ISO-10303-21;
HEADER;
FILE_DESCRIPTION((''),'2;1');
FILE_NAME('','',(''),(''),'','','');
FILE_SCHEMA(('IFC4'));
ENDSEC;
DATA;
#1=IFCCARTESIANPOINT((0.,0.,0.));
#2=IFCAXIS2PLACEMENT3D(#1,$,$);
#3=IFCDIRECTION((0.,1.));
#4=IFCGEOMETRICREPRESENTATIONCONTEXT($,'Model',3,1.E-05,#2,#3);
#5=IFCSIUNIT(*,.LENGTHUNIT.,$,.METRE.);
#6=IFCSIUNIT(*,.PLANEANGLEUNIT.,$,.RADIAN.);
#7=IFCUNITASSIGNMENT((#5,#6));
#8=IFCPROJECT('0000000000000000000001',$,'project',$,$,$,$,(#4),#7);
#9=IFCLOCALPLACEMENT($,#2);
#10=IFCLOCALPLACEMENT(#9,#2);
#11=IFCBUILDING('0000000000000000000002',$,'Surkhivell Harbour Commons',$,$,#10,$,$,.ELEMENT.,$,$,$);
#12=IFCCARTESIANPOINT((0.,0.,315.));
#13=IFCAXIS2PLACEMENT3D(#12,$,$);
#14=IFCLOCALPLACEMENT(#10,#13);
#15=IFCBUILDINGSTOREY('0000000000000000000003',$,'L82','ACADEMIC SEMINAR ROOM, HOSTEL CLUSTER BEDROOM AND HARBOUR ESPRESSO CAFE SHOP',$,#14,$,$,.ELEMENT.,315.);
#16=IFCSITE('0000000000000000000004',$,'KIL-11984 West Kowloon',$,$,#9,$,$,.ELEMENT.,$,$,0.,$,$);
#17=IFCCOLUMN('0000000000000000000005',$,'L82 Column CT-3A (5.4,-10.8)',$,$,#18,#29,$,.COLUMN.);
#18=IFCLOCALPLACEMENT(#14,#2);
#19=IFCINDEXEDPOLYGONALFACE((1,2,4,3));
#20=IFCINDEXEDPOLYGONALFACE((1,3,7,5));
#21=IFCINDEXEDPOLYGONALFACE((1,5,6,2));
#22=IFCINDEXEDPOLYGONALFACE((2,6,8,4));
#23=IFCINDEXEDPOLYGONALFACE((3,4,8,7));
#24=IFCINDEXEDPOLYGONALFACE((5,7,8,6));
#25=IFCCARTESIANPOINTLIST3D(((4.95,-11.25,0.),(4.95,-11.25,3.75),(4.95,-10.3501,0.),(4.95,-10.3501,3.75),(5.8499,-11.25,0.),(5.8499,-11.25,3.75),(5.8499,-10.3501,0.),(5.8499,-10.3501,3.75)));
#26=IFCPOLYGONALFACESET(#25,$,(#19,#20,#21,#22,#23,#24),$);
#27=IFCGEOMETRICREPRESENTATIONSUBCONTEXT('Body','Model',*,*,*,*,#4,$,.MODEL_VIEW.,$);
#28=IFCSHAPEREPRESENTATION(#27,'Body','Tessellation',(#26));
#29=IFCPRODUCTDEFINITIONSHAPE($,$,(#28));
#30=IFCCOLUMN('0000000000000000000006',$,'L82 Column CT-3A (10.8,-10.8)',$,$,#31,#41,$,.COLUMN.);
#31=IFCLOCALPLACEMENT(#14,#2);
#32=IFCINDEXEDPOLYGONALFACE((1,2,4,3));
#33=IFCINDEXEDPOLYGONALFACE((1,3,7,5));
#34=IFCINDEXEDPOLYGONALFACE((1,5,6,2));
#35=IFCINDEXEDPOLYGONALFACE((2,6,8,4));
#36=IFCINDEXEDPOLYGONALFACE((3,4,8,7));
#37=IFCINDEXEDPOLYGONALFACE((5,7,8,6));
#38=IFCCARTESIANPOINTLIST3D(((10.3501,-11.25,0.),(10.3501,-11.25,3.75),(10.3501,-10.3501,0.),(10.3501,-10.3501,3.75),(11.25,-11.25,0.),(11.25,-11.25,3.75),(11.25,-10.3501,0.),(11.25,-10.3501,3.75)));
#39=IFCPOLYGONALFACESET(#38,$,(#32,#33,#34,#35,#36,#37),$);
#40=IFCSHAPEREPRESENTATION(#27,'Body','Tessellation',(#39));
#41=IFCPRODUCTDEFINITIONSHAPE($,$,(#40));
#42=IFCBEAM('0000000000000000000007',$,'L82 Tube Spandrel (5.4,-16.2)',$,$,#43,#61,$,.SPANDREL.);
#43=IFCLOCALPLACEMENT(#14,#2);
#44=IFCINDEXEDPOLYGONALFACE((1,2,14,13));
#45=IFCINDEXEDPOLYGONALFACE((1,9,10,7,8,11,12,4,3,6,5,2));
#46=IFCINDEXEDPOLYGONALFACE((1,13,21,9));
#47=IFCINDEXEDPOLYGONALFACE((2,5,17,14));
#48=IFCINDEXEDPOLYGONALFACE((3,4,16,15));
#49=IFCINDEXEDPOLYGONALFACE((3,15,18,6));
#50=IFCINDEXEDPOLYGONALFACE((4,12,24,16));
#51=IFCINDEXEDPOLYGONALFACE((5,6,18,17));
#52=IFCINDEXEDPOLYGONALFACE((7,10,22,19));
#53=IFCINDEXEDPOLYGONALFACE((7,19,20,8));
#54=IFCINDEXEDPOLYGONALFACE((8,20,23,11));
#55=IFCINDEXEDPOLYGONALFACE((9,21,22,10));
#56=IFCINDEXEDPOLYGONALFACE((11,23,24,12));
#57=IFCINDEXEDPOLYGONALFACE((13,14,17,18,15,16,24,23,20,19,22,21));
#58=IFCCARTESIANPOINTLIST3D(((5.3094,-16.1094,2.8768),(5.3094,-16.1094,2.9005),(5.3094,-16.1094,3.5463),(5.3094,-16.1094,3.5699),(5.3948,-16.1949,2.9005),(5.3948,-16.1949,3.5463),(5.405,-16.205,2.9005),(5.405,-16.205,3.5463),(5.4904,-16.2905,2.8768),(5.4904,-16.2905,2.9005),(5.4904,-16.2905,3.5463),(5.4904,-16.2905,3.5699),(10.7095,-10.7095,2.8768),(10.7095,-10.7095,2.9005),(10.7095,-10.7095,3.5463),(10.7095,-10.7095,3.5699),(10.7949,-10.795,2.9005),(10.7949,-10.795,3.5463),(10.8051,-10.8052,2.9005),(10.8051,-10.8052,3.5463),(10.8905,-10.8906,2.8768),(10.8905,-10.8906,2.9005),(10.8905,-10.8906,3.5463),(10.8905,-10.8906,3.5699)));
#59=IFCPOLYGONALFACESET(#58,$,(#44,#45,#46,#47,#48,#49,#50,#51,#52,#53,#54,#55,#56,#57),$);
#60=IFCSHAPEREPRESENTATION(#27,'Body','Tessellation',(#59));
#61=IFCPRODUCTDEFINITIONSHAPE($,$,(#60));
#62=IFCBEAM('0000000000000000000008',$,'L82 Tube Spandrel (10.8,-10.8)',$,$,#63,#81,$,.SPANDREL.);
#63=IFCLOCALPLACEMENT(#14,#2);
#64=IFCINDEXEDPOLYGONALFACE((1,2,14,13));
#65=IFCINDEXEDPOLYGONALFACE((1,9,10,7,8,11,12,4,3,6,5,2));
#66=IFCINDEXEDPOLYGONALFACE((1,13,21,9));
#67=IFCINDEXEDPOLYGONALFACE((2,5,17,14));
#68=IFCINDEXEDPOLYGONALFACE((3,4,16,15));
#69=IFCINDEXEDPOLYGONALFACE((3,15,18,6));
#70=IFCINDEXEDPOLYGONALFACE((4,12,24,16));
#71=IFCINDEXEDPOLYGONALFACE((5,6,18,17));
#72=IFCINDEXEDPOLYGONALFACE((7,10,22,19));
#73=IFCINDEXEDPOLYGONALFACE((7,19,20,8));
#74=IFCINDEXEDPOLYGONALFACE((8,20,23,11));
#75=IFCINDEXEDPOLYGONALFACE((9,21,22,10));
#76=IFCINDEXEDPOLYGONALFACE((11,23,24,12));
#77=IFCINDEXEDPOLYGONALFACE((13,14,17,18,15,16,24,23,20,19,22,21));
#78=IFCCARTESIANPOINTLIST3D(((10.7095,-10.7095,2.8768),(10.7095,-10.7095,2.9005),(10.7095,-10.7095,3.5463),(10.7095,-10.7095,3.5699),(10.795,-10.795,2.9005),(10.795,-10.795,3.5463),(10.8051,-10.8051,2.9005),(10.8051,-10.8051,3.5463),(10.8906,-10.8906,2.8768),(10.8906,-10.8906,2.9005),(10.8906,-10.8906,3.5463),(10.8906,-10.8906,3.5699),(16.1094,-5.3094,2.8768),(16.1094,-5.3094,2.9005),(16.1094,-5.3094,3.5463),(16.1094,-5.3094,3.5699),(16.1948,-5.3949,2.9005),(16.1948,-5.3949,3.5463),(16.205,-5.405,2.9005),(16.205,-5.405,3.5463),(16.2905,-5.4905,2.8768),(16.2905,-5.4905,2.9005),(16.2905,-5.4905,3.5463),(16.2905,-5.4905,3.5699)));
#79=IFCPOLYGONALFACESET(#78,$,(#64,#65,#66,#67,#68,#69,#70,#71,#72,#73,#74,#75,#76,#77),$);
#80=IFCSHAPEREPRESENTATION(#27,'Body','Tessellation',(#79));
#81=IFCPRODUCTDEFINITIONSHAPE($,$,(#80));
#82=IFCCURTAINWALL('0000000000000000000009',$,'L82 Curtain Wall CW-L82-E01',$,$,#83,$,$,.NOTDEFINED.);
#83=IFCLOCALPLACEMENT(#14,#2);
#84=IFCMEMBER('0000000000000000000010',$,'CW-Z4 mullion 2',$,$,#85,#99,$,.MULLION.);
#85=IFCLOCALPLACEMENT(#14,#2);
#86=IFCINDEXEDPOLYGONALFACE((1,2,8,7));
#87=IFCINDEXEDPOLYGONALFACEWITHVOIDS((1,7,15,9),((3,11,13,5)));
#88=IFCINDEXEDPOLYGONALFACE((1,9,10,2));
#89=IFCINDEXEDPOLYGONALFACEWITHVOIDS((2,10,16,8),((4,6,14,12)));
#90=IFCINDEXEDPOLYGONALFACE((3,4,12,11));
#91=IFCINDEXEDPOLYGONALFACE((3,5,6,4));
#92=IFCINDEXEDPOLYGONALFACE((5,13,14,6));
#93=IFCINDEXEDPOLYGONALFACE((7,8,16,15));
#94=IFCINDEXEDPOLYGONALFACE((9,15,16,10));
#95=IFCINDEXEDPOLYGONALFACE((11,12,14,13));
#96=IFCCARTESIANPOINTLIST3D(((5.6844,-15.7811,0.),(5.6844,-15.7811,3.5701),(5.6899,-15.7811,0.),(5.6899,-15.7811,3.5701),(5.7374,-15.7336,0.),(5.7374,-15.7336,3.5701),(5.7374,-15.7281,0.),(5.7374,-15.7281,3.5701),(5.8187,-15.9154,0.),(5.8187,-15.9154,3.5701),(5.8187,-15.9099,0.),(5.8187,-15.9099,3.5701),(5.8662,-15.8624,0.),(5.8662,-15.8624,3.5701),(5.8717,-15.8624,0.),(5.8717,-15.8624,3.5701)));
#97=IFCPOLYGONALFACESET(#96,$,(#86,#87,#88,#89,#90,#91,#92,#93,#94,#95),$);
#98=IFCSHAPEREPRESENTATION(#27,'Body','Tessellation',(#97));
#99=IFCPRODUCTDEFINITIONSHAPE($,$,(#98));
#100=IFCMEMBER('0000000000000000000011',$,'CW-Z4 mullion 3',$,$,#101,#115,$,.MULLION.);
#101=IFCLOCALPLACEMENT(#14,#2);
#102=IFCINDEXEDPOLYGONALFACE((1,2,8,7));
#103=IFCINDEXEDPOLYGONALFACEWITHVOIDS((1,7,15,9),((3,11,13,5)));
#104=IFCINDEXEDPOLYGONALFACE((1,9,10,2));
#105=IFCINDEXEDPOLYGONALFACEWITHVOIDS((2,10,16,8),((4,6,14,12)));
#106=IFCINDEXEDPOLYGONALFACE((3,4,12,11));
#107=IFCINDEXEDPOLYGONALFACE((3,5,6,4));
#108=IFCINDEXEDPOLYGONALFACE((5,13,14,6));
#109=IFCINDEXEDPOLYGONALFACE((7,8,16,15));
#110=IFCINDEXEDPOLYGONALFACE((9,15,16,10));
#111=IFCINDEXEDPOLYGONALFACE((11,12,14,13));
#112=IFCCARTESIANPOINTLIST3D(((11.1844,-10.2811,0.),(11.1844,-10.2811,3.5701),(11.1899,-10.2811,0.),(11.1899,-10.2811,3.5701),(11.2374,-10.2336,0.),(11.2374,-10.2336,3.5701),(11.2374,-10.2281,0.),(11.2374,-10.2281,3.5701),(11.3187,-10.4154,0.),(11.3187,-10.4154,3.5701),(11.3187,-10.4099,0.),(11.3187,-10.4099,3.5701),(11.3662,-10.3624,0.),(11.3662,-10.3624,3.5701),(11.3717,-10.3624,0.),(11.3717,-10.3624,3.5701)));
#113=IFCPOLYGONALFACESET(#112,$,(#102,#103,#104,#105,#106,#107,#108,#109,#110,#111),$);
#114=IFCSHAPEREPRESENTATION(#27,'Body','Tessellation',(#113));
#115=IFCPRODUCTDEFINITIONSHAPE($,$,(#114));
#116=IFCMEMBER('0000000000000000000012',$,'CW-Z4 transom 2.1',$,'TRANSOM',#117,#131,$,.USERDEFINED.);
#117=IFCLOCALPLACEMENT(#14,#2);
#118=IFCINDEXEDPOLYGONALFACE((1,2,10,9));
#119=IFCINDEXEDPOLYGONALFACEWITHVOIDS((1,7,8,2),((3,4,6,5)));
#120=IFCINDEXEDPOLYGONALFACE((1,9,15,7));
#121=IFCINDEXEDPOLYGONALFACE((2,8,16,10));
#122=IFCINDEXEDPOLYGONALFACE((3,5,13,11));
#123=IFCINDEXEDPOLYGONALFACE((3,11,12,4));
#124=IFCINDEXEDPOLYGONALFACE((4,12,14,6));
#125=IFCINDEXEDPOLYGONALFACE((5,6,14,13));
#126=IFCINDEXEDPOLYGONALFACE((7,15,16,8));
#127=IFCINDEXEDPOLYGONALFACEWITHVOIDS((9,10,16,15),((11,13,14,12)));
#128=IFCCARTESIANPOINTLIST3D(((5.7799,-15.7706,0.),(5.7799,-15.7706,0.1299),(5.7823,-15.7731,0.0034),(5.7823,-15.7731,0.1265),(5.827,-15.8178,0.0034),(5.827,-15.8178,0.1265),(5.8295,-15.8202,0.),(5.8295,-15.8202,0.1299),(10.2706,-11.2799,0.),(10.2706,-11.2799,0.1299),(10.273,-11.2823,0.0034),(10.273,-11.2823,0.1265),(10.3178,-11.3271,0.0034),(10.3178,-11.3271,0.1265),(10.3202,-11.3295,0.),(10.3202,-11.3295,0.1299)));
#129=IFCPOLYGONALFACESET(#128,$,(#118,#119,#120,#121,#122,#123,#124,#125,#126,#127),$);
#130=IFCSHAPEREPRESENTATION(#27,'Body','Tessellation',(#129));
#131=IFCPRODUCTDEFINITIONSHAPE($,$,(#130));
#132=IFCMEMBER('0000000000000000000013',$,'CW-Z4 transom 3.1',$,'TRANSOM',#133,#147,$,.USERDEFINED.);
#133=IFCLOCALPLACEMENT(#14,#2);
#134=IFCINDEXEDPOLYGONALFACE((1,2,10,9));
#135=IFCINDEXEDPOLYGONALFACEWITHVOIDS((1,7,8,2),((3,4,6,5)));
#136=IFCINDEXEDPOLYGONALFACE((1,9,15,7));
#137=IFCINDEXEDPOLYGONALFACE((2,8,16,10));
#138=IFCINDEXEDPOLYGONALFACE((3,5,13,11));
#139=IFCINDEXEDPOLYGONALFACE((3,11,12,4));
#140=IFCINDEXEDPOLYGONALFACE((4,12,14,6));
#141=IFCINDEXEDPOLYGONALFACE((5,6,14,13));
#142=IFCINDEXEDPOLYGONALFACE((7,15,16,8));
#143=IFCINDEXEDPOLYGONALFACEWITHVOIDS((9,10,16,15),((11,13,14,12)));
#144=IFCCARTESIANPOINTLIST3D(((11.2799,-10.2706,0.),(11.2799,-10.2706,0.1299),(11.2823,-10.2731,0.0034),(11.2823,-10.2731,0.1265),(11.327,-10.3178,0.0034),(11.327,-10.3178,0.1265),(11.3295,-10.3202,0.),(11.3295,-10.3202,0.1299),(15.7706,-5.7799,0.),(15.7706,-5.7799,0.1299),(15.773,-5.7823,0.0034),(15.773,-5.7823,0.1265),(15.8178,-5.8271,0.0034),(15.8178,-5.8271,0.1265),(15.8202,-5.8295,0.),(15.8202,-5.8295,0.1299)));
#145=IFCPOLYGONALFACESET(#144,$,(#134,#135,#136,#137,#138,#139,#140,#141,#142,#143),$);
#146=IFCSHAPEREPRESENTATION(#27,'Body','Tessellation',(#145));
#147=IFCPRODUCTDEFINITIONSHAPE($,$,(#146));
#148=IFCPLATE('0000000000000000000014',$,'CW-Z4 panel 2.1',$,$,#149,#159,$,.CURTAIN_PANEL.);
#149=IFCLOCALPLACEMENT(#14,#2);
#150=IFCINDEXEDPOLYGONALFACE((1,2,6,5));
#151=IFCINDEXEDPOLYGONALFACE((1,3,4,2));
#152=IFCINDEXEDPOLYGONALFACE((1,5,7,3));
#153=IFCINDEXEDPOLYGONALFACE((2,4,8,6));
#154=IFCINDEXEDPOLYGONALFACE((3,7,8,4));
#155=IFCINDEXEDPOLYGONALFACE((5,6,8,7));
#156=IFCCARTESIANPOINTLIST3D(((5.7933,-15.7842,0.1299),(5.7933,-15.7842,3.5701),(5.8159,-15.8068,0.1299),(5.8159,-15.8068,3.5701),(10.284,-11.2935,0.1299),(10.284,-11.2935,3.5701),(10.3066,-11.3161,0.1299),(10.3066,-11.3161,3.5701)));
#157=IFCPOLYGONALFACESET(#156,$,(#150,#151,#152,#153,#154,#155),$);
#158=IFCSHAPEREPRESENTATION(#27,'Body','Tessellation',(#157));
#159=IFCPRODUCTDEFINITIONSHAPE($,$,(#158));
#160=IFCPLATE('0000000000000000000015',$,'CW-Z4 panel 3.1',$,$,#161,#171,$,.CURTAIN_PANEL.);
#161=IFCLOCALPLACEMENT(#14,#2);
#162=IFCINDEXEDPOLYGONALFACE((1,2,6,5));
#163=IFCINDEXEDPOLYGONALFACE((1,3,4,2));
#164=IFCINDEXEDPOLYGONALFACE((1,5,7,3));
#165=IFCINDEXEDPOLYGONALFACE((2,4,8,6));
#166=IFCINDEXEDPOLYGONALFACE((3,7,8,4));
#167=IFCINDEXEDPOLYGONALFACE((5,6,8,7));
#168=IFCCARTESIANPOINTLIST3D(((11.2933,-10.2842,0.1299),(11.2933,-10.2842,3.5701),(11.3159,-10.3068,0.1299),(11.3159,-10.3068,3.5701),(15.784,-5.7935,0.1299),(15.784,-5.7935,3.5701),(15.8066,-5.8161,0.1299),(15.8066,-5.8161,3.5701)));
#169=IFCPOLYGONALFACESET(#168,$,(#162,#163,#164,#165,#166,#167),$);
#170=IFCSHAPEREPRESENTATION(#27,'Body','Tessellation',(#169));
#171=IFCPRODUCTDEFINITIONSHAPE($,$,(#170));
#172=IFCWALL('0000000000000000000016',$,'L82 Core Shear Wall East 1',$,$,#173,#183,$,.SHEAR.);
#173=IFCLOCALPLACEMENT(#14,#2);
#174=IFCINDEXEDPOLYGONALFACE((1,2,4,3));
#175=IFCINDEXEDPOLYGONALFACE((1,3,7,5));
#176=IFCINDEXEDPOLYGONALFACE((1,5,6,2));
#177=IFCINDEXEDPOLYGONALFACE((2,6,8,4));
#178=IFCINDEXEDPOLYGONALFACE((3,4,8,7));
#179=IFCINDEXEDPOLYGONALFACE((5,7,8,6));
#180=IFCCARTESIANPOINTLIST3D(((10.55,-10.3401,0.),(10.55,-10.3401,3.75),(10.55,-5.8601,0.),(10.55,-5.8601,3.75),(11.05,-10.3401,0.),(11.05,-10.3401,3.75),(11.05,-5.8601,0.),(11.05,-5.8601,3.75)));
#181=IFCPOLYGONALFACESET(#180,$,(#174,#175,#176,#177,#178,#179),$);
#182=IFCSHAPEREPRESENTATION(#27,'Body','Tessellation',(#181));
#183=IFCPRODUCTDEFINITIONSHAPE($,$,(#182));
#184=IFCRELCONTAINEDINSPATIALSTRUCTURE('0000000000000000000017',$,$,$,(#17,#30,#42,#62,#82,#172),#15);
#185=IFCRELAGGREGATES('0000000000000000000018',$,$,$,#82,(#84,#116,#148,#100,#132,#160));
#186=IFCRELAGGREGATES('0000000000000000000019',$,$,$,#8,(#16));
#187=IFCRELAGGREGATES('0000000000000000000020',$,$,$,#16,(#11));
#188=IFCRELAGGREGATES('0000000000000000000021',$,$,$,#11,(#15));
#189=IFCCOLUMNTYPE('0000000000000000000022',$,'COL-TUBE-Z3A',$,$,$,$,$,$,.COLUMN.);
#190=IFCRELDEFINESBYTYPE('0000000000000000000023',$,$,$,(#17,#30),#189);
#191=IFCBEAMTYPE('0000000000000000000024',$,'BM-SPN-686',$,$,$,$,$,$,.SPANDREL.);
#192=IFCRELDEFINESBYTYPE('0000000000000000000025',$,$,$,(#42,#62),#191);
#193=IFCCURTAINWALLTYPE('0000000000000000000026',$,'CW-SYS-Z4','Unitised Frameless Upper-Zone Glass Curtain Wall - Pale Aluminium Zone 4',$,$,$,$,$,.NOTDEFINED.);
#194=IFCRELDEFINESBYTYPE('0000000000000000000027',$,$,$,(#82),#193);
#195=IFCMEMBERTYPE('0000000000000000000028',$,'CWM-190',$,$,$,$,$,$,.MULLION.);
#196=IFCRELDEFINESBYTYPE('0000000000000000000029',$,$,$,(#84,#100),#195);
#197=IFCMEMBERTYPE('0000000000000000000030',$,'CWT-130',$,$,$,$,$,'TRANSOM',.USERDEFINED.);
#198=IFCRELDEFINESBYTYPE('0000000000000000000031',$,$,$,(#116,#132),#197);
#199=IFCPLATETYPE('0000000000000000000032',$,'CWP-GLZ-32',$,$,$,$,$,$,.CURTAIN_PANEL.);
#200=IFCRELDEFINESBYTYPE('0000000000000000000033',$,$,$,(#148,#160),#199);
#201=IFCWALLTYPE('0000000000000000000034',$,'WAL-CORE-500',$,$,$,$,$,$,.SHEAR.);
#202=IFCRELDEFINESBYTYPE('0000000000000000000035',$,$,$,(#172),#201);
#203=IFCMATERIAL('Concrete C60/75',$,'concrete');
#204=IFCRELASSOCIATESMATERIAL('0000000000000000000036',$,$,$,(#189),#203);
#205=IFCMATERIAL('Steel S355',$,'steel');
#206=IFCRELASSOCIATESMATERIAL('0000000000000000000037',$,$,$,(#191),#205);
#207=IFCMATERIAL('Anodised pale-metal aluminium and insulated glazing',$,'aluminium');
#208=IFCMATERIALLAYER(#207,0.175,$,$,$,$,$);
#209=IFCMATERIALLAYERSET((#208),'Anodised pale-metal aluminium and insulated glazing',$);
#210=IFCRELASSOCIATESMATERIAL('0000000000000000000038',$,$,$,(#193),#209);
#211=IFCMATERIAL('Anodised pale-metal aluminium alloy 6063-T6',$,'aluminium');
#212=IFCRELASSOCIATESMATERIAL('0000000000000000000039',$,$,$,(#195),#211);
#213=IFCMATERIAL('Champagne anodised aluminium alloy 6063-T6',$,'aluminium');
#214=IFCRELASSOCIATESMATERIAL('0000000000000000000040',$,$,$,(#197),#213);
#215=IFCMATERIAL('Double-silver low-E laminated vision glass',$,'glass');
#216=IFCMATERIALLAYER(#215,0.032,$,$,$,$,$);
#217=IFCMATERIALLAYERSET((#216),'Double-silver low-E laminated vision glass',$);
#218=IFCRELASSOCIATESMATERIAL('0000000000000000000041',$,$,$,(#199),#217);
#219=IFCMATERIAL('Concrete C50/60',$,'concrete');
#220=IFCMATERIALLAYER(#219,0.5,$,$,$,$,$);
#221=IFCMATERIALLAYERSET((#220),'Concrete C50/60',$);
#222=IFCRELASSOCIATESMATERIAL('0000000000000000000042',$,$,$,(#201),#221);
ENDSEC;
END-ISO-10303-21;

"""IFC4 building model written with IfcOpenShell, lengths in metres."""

from ifc_helpers import new_model, si_unit, direction, frame, frame_2d, origin, origin_2d, place, context, subcontext, project, spatial, rectangle, hollow_rectangle, i_section, extrude, material, layer, layer_set, material_profile, profile_set, type_object, element, aggregate, save


model = new_model("IFC4")

# Units and contexts
model_context = context("Model", 3, precision=1e-05, world=origin(), true_north=direction((0.0, 1.0)))
body_context = subcontext(model_context, "Body", "Model", "MODEL_VIEW")
ifc_project = project(units=[si_unit("LENGTHUNIT", "METRE"), si_unit("PLANEANGLEUNIT", "RADIAN")], contexts=[model_context])

# Site, building, storey
site_placement = place(None, origin())
site = spatial("IfcSite", under=ifc_project, at=site_placement, Name="KIL-11984 West Kowloon", CompositionType="ELEMENT", RefElevation=0.0)
building_placement = place(site_placement, origin())
building = spatial("IfcBuilding", under=site, at=building_placement, Name="Surkhivell Harbour Commons", CompositionType="ELEMENT")
storey_placement = place(building_placement, frame((0.0, 0.0, 315.0)))
storey = spatial("IfcBuildingStorey", under=building, at=storey_placement, Name="L82", Description="ACADEMIC SEMINAR ROOM, HOSTEL CLUSTER BEDROOM AND HARBOUR ESPRESSO CAFE SHOP", CompositionType="ELEMENT", Elevation=315.0)

# Columns
ifc_material_1 = material(Name="Concrete C60/75", Category="concrete")
ifc_material_profile_1 = material_profile(ifc_material_1, rectangle(XDim=0.8999, YDim=0.8999, at=origin_2d()), Name="RC-COL-900x900")
ifc_profile_set_1 = profile_set([ifc_material_profile_1], Name="Concrete C60/75")
column_type = type_object("IfcColumnType", Name="COL-TUBE-Z3A", PredefinedType="COLUMN", material=ifc_profile_set_1)
for number, where, z_axis, x_axis, name in (
    (1, (5.3999, -10.8, 0.0), (0.0, 0.0, 1.0), (1.0, 0.0, 0.0), "L82 Column CT-3A (5.4,-10.8)"),
    (2, (10.8, -10.8, 0.0), (0.0, 0.0, 1.0), (1.0, 0.0, 0.0), "L82 Column CT-3A (10.8,-10.8)"),
):
    element("IfcColumn", number, at=place(storey_placement, frame(where, z_axis=z_axis, x_axis=x_axis)), inside=storey, type_object=column_type, Name=name, PredefinedType="COLUMN", context=body_context, shape_type="SweptSolid", body=[
        extrude(rectangle(XDim=0.8999, YDim=0.8999, at=origin_2d()), origin(), (0.0, 0.0, 1.0), 3.75),
    ])

# Beams
ifc_material_2 = material(Name="Steel S355", Category="steel")
ifc_material_profile_2 = material_profile(ifc_material_2, i_section(OverallWidth=0.2561, OverallDepth=0.6931, WebThickness=0.0144, FlangeThickness=0.0237, at=origin_2d()), Name="UB686x254x170")
ifc_profile_set_2 = profile_set([ifc_material_profile_2], Name="Steel S355")
beam_type = type_object("IfcBeamType", Name="BM-SPN-686", PredefinedType="SPANDREL", material=ifc_profile_set_2)
for number, where, z_axis, x_axis, name in (
    (3, (5.3999, -16.2, 3.2234), (0.707123, 0.707091, 0.0), (-0.707091, 0.707123, 0.0), "L82 Tube Spandrel (5.4,-16.2)"),
    (4, (10.8, -10.8, 3.2234), (0.707091, 0.707123, 0.0), (-0.707123, 0.707091, 0.0), "L82 Tube Spandrel (10.8,-10.8)"),
):
    element("IfcBeam", number, at=place(storey_placement, frame(where, z_axis=z_axis, x_axis=x_axis)), inside=storey, type_object=beam_type, Name=name, PredefinedType="SPANDREL", context=body_context, shape_type="SweptSolid", body=[
        extrude(i_section(OverallWidth=0.2561, OverallDepth=0.6931, WebThickness=0.0144, FlangeThickness=0.0237, at=origin_2d()), origin(), (0.0, 0.0, 1.0), 7.6367),
    ])

# Curtain wall, members, plates
ifc_material_3 = material(Name="Anodised pale-metal aluminium and insulated glazing", Category="aluminium")
ifc_layer_1 = layer(ifc_material_3, 0.175)
ifc_layer_set_1 = layer_set([ifc_layer_1], Name="Anodised pale-metal aluminium and insulated glazing")
curtain_wall_type = type_object("IfcCurtainWallType", Name="CW-SYS-Z4", Description="Unitised Frameless Upper-Zone Glass Curtain Wall - Pale Aluminium Zone 4", PredefinedType="NOTDEFINED", material=ifc_layer_set_1)
curtain_wall_placement = place(storey_placement, origin())
curtain_wall = element("IfcCurtainWall", 5, at=curtain_wall_placement, inside=storey, type_object=curtain_wall_type, Name="L82 Curtain Wall CW-L82-E01", PredefinedType="NOTDEFINED")
ifc_material_4 = material(Name="Anodised pale-metal aluminium alloy 6063-T6", Category="aluminium")
ifc_material_profile_3 = material_profile(ifc_material_4, hollow_rectangle(XDim=0.075, YDim=0.1899, WallThickness=0.0039, at=origin_2d()), Name="ALU-MULL-75x190")
ifc_profile_set_3 = profile_set([ifc_material_profile_3], Name="Anodised pale-metal aluminium alloy 6063-T6")
member_type_1 = type_object("IfcMemberType", Name="CWM-190", PredefinedType="MULLION", material=ifc_profile_set_3)
member_1_placement = place(storey_placement, frame((5.7781, -15.8218, 0.0), z_axis=(0.0, 0.0, 1.0), x_axis=(0.707107, 0.707107, 0.0)))
member_1 = element("IfcMember", 6, at=member_1_placement, type_object=member_type_1, Name="CW-Z4 mullion 2", PredefinedType="MULLION", context=body_context, shape_type="SweptSolid", body=[
    extrude(hollow_rectangle(XDim=0.075, YDim=0.1899, WallThickness=0.0039, at=origin_2d()), origin(), (0.0, 0.0, 1.0), 3.5701),
])
member_2_placement = place(storey_placement, frame((11.2781, -10.3218, 0.0), z_axis=(0.0, 0.0, 1.0), x_axis=(0.707107, 0.707107, 0.0)))
member_2 = element("IfcMember", 7, at=member_2_placement, type_object=member_type_1, Name="CW-Z4 mullion 3", PredefinedType="MULLION", context=body_context, shape_type="SweptSolid", body=[
    extrude(hollow_rectangle(XDim=0.075, YDim=0.1899, WallThickness=0.0039, at=origin_2d()), origin(), (0.0, 0.0, 1.0), 3.5701),
])
ifc_material_5 = material(Name="Champagne anodised aluminium alloy 6063-T6", Category="aluminium")
ifc_material_profile_4 = material_profile(ifc_material_5, hollow_rectangle(XDim=0.0701, YDim=0.1299, WallThickness=0.0034, at=origin_2d()), Name="ALU-TRAN-70x130")
ifc_profile_set_4 = profile_set([ifc_material_profile_4], Name="Champagne anodised aluminium alloy 6063-T6")
member_type_2 = type_object("IfcMemberType", Name="CWT-130", ElementType="TRANSOM", PredefinedType="USERDEFINED", material=ifc_profile_set_4)
member_3_placement = place(storey_placement, frame((5.8047, -15.7954, 0.0649), z_axis=(0.707107, 0.707107, 0.0), x_axis=(-0.707107, 0.707107, 0.0)))
member_3 = element("IfcMember", 8, at=member_3_placement, type_object=member_type_2, Name="CW-Z4 transom 2.1", ObjectType="TRANSOM", PredefinedType="USERDEFINED", context=body_context, shape_type="SweptSolid", body=[
    extrude(hollow_rectangle(XDim=0.0701, YDim=0.1299, WallThickness=0.0034, at=origin_2d()), origin(), (0.0, 0.0, 1.0), 6.3508),
])
member_4_placement = place(storey_placement, frame((11.3047, -10.2954, 0.0649), z_axis=(0.707107, 0.707107, 0.0), x_axis=(-0.707107, 0.707107, 0.0)))
member_4 = element("IfcMember", 9, at=member_4_placement, type_object=member_type_2, Name="CW-Z4 transom 3.1", ObjectType="TRANSOM", PredefinedType="USERDEFINED", context=body_context, shape_type="SweptSolid", body=[
    extrude(hollow_rectangle(XDim=0.0701, YDim=0.1299, WallThickness=0.0034, at=origin_2d()), origin(), (0.0, 0.0, 1.0), 6.3508),
])
ifc_material_6 = material(Name="Double-silver low-E laminated vision glass", Category="glass")
ifc_layer_2 = layer(ifc_material_6, 0.032)
ifc_layer_set_2 = layer_set([ifc_layer_2], Name="Double-silver low-E laminated vision glass")
plate_type = type_object("IfcPlateType", Name="CWP-GLZ-32", PredefinedType="CURTAIN_PANEL", material=ifc_layer_set_2)
plate_1_placement = place(storey_placement, frame((5.8047, -15.7954, 0.1299), z_axis=(0.0, 0.0, 1.0), x_axis=(0.707107, 0.707107, 0.0)))
plate_1 = element("IfcPlate", 10, at=plate_1_placement, type_object=plate_type, Name="CW-Z4 panel 2.1", PredefinedType="CURTAIN_PANEL", context=body_context, shape_type="SweptSolid", body=[
    extrude(rectangle(XDim=6.3508, YDim=0.032, at=frame_2d((3.1753, 0.0))), origin(), (0.0, 0.0, 1.0), 3.4402),
])
plate_2_placement = place(storey_placement, frame((11.3047, -10.2954, 0.1299), z_axis=(0.0, 0.0, 1.0), x_axis=(0.707107, 0.707107, 0.0)))
plate_2 = element("IfcPlate", 11, at=plate_2_placement, type_object=plate_type, Name="CW-Z4 panel 3.1", PredefinedType="CURTAIN_PANEL", context=body_context, shape_type="SweptSolid", body=[
    extrude(rectangle(XDim=6.3508, YDim=0.032, at=frame_2d((3.1753, 0.0))), origin(), (0.0, 0.0, 1.0), 3.4402),
])
aggregate(curtain_wall, [member_1, member_3, plate_1, member_2, member_4, plate_2])

# Wall
ifc_material_7 = material(Name="Concrete C50/60", Category="concrete")
ifc_layer_3 = layer(ifc_material_7, 0.5)
ifc_layer_set_3 = layer_set([ifc_layer_3], Name="Concrete C50/60")
wall_type_1 = type_object("IfcWallType", Name="WAL-CORE-500", PredefinedType="SHEAR", material=ifc_layer_set_3)
for number, where, z_axis, x_axis, name in (
    (12, (10.8, -10.3401, 0.0), (0.0, 0.0, 1.0), (0.0, 1.0, 0.0), "L82 Core Shear Wall East 1"),
):
    element("IfcWall", number, at=place(storey_placement, frame(where, z_axis=z_axis, x_axis=x_axis)), inside=storey, type_object=wall_type_1, Name=name, PredefinedType="SHEAR", context=body_context, shape_type="SweptSolid", body=[
        extrude(rectangle(XDim=4.48, YDim=0.5, at=frame_2d((2.24, 0.0))), origin(), (0.0, 0.0, 1.0), 3.75),
    ])

save(model, "model.ifc")
